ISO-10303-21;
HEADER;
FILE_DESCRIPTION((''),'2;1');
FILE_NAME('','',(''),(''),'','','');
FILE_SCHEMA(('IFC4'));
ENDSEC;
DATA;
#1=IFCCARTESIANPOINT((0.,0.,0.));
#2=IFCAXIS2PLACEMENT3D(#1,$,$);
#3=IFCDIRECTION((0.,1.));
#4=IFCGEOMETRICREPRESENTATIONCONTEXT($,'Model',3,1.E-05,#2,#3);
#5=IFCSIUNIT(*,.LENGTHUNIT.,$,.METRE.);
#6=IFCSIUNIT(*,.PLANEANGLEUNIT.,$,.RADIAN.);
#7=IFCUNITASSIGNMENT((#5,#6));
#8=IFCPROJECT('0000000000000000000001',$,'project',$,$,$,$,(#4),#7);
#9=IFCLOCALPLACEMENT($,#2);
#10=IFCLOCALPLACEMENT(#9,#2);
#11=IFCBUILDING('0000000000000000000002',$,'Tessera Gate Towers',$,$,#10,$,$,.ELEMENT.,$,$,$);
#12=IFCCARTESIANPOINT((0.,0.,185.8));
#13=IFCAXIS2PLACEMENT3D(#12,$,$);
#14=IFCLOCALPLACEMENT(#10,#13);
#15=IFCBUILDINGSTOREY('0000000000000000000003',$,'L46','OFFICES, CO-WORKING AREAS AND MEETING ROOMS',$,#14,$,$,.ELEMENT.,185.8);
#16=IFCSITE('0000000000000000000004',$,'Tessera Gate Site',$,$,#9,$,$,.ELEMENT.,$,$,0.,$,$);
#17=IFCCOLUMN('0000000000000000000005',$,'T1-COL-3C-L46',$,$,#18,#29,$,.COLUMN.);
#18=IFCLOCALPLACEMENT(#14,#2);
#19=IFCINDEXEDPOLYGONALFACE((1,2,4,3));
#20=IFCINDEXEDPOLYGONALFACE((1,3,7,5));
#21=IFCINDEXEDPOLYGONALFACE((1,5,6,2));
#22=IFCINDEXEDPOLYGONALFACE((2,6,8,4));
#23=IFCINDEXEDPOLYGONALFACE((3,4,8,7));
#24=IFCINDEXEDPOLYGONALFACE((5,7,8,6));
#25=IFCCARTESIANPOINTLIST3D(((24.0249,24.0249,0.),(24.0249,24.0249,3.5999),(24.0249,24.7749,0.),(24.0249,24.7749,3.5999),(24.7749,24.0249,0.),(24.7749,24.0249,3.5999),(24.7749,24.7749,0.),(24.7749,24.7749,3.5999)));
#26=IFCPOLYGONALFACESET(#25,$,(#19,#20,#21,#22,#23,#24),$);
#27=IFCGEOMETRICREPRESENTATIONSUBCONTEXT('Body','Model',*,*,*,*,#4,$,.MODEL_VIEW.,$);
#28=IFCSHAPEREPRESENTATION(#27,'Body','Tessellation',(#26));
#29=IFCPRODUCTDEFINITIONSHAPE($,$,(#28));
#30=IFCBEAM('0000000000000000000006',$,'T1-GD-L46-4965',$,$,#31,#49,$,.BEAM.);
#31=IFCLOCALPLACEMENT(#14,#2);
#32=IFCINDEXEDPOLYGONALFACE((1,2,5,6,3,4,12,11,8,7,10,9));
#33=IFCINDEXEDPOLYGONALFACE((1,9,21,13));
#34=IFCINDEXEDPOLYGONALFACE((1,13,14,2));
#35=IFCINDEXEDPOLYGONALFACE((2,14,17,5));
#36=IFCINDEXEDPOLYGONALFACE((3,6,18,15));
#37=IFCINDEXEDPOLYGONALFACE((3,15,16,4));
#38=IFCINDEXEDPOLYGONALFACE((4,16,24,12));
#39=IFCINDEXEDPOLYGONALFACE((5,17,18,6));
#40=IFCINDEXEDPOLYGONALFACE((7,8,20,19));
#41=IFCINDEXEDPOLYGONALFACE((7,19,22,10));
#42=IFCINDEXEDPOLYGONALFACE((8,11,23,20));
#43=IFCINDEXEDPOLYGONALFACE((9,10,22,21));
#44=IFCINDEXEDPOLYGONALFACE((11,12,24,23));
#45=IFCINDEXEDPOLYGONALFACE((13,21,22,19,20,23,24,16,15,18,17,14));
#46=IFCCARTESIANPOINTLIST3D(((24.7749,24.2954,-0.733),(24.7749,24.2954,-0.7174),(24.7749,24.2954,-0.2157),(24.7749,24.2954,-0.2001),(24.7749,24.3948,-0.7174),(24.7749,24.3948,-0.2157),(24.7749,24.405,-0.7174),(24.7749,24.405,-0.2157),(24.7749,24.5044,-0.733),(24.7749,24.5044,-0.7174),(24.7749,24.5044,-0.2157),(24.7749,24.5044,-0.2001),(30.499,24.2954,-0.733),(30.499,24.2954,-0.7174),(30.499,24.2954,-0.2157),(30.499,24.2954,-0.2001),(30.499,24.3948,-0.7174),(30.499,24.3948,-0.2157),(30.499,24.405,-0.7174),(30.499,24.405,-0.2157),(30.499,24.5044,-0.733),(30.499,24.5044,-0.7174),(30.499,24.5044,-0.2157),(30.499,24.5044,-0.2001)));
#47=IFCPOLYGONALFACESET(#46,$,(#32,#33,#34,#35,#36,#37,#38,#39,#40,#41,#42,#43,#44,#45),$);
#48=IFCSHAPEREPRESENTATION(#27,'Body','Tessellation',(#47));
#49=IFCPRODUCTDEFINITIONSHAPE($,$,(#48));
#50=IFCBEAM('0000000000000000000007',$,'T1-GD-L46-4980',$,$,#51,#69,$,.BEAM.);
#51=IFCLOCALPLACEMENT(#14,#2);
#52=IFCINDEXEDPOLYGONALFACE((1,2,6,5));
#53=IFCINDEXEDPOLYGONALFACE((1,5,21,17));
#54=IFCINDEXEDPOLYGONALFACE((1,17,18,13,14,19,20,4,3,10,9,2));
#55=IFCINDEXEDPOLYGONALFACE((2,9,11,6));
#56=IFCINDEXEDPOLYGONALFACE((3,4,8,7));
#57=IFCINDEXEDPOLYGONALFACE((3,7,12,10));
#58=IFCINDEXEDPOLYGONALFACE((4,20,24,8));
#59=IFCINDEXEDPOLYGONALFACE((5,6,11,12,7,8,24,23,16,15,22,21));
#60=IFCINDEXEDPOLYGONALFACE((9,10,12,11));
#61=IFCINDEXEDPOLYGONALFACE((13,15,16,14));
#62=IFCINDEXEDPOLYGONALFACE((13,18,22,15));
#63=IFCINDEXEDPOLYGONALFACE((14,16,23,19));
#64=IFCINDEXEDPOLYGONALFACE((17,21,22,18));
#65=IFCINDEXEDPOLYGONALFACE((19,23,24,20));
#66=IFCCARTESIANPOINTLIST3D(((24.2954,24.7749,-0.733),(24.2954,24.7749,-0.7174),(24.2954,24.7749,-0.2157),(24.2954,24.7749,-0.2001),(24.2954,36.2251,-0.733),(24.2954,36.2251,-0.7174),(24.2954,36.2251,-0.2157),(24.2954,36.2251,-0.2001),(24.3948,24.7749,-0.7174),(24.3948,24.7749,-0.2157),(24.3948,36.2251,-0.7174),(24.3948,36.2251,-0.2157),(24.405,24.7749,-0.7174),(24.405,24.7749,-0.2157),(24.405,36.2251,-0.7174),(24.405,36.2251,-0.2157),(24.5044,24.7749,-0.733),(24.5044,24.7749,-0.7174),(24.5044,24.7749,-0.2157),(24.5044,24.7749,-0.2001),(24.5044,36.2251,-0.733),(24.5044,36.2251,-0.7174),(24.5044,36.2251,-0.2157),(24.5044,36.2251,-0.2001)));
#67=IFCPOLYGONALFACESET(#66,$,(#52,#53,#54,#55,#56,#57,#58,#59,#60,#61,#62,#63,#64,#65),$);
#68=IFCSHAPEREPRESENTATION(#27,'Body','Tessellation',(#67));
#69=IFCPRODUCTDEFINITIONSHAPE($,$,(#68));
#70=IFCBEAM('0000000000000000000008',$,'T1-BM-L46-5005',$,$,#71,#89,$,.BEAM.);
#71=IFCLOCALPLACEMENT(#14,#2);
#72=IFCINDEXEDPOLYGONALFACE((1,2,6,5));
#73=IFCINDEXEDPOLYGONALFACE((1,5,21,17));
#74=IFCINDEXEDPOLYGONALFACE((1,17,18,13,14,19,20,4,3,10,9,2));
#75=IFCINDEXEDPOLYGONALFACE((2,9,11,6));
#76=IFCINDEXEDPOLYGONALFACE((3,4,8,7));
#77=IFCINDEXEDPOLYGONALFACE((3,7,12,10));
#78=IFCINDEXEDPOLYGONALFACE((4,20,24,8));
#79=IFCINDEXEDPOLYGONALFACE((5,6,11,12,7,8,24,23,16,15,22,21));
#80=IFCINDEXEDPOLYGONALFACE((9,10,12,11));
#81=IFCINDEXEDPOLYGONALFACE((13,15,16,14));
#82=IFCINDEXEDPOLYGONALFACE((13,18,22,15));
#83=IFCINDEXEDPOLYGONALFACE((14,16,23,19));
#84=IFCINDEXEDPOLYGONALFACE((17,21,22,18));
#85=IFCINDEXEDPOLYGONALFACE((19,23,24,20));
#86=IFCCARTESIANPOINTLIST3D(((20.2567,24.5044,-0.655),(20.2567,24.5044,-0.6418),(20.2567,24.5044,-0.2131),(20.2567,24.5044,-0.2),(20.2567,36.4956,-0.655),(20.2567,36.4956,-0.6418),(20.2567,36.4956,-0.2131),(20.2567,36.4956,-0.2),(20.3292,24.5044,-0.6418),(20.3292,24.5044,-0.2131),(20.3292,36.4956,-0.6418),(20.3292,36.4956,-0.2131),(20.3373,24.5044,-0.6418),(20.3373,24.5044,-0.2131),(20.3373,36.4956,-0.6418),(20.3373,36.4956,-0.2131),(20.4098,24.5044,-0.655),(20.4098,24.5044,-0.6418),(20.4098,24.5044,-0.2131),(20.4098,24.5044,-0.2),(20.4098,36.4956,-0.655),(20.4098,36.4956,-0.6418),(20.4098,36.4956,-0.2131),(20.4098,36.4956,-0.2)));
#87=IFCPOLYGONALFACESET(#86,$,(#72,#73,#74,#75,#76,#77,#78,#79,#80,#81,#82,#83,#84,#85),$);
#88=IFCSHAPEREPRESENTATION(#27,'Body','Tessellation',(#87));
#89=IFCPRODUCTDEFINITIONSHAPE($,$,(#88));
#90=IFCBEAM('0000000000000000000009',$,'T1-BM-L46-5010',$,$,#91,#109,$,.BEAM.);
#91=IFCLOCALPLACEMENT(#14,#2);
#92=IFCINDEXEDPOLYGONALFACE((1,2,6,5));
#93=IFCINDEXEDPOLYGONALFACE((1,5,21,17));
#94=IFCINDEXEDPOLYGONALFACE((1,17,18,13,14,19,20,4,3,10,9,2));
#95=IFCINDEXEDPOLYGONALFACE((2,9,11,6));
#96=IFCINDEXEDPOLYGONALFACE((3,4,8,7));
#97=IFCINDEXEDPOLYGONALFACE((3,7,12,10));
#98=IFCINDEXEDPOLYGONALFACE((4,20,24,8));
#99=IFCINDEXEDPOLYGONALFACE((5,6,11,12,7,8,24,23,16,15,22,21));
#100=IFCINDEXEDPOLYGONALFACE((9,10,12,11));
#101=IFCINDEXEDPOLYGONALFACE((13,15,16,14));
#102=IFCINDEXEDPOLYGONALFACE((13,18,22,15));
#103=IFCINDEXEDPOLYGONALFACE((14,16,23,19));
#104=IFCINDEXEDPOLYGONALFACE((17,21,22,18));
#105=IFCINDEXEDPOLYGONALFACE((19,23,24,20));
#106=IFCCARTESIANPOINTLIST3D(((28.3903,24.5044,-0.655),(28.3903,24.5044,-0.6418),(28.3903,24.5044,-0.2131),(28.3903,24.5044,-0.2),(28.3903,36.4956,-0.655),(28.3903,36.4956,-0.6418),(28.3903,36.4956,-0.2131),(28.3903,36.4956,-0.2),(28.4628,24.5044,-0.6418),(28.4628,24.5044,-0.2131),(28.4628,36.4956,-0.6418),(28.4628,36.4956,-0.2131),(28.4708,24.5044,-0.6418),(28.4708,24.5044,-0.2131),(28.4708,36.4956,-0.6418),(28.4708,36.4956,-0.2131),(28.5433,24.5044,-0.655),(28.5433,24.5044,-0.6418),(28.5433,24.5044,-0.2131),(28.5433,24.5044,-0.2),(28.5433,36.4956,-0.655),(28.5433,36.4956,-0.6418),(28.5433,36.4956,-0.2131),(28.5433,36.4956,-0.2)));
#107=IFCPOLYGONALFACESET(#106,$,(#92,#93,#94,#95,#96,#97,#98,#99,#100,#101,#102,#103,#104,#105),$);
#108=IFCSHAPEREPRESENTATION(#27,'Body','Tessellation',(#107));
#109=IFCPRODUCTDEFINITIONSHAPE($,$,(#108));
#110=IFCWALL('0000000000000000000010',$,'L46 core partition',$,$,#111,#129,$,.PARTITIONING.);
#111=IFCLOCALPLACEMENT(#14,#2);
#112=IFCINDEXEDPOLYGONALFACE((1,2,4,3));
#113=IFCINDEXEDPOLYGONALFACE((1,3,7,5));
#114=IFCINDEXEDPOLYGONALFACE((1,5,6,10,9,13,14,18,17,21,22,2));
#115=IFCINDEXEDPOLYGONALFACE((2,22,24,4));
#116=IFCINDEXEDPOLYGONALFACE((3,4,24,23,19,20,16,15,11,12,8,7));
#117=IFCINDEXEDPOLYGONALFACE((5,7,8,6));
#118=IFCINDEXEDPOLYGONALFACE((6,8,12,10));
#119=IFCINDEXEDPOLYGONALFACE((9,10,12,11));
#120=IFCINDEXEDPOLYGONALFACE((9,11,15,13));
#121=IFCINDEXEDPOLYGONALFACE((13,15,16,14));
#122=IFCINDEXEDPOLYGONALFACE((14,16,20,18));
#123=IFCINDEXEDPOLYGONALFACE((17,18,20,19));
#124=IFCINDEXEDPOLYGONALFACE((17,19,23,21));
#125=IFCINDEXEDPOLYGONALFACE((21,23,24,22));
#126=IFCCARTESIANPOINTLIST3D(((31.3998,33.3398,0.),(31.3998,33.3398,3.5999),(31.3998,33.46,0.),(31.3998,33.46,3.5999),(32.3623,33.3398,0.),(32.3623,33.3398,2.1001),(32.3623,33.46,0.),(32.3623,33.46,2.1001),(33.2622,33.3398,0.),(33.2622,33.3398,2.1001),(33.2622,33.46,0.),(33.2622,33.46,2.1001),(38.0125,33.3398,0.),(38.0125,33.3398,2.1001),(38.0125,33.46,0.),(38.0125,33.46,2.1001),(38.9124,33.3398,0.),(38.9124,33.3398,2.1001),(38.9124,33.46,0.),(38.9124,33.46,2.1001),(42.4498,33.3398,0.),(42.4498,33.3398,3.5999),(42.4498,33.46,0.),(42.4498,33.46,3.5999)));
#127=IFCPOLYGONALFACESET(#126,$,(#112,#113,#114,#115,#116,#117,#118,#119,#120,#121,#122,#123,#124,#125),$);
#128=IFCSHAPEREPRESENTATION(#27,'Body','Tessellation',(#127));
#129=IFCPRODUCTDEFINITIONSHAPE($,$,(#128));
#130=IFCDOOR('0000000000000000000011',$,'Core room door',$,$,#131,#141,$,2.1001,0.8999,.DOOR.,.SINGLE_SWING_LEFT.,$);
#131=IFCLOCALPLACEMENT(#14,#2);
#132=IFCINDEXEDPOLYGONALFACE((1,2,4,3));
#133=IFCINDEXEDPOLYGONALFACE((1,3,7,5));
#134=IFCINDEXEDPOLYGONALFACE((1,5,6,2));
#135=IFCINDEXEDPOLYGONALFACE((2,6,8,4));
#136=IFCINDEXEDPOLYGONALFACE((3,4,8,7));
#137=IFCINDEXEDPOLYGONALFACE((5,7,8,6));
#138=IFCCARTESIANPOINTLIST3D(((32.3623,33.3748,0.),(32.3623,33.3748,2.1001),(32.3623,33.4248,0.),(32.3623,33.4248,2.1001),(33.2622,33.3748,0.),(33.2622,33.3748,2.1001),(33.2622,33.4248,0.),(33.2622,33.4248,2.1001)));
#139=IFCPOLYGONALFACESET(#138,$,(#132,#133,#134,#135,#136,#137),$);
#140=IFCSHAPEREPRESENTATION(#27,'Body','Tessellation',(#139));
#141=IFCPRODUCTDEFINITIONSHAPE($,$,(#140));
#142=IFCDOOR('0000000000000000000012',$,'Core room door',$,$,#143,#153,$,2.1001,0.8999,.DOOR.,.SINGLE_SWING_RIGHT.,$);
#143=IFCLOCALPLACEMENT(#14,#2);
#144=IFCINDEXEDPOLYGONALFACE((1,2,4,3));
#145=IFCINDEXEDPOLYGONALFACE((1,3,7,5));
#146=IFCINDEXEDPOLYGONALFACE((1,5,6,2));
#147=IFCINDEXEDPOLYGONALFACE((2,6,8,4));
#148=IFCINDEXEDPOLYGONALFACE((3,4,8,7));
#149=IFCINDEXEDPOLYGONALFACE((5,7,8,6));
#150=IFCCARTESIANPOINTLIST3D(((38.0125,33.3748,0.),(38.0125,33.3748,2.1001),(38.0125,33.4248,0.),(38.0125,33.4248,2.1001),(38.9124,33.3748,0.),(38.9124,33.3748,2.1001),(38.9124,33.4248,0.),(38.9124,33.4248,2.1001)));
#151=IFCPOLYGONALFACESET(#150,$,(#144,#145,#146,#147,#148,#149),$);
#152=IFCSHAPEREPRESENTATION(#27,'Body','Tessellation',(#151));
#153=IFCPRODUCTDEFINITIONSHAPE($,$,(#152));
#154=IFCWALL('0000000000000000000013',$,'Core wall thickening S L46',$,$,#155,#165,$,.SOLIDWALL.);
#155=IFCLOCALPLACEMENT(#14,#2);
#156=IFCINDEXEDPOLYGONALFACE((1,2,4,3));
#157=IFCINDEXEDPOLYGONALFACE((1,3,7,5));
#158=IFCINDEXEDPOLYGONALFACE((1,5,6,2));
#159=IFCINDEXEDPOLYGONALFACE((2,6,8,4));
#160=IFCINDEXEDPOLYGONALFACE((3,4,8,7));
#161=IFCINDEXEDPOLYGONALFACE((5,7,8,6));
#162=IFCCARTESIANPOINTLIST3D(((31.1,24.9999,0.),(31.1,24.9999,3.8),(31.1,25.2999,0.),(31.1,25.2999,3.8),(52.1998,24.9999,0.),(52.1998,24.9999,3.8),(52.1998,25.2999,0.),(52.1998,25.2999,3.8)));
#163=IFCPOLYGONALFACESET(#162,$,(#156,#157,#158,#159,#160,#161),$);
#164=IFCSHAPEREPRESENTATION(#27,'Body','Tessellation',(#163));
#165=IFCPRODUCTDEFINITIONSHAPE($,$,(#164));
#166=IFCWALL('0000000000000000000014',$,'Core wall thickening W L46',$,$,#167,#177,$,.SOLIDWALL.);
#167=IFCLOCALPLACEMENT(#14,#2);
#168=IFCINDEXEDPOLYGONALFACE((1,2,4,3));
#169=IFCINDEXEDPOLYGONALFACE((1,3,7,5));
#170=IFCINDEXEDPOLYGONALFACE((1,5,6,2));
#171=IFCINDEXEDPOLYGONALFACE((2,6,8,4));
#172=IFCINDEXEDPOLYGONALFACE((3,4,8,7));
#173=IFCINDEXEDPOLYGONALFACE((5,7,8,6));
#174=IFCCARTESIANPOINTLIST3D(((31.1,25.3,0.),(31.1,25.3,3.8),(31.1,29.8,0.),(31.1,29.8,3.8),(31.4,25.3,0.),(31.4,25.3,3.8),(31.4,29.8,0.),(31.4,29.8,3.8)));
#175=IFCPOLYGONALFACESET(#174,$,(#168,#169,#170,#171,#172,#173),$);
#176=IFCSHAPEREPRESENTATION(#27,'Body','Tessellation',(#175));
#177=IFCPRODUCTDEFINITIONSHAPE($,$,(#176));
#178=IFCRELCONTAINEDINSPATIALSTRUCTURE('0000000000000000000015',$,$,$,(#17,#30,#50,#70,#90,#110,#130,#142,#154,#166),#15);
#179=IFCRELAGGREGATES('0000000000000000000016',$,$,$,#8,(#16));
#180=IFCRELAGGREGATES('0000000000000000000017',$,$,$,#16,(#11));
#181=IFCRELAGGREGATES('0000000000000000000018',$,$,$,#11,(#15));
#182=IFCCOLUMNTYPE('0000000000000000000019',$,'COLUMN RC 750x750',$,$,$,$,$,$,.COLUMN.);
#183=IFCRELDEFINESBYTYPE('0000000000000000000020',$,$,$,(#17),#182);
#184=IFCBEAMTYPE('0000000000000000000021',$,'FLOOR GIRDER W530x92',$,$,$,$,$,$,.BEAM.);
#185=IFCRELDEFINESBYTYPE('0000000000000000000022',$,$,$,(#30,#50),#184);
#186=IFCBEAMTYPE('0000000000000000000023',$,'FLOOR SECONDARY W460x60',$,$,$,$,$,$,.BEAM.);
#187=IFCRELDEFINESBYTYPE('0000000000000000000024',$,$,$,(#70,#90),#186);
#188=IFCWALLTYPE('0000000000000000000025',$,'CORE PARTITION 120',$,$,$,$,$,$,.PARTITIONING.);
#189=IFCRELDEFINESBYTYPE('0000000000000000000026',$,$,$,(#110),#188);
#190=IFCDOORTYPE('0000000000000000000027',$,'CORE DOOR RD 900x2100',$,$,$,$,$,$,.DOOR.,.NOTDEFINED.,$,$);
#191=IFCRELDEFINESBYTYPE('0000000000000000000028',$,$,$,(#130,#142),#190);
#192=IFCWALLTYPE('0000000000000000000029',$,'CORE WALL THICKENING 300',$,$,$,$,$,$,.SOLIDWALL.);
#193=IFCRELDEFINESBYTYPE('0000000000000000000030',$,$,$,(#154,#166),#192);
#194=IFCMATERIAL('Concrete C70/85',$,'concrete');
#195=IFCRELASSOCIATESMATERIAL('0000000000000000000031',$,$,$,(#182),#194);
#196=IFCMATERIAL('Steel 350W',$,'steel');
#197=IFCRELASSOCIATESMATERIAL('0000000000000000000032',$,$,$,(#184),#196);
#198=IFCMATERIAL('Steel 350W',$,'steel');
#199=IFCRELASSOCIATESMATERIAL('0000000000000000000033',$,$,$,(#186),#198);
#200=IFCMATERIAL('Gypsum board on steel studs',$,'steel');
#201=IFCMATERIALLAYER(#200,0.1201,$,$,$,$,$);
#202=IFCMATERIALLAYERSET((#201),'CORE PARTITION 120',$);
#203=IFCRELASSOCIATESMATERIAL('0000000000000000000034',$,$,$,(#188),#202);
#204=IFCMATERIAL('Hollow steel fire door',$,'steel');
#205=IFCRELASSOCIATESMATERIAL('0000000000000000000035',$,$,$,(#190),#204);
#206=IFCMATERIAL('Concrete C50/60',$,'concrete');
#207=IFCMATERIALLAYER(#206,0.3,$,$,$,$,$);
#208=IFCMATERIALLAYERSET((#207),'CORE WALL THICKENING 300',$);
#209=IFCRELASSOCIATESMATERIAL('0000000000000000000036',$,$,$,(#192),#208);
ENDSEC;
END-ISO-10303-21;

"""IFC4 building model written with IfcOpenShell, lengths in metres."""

from ifc_helpers import new_model, si_unit, direction, frame, frame_2d, origin, origin_2d, place, context, subcontext, project, spatial, rectangle, i_section, extrude, source, transform, mapped, material, layer, layer_set, material_profile, profile_set, type_object, element, fill, save


model = new_model("IFC4")

# Units and contexts
model_context = context("Model", 3, precision=1e-05, world=origin(), true_north=direction((0.0, 1.0)))
body_context = subcontext(model_context, "Body", "Model", "MODEL_VIEW")
ifc_project = project(units=[si_unit("LENGTHUNIT", "METRE"), si_unit("PLANEANGLEUNIT", "RADIAN")], contexts=[model_context])

# Site, building, storey
site_placement = place(None, origin())
site = spatial("IfcSite", under=ifc_project, at=site_placement, Name="Tessera Gate Site", CompositionType="ELEMENT", RefElevation=0.0)
building_placement = place(site_placement, origin())
building = spatial("IfcBuilding", under=site, at=building_placement, Name="Tessera Gate Towers", CompositionType="ELEMENT")
storey_placement = place(building_placement, frame((0.0, 0.0, 185.8)))
storey = spatial("IfcBuildingStorey", under=building, at=storey_placement, Name="L46", Description="OFFICES, CO-WORKING AREAS AND MEETING ROOMS", CompositionType="ELEMENT", Elevation=185.8)

# Column
ifc_material_1 = material(Name="Concrete C70/85", Category="concrete")
ifc_material_profile_1 = material_profile(ifc_material_1, rectangle(XDim=0.75, YDim=0.75, at=origin_2d()), Name="RC 750x750")
ifc_profile_set_1 = profile_set([ifc_material_profile_1], Name="Concrete C70/85")
column_type = type_object("IfcColumnType", Name="COLUMN RC 750x750", PredefinedType="COLUMN", material=ifc_profile_set_1)
column_placement = place(storey_placement, frame((24.3999, 24.3999, 0.0), z_axis=(0.0, 0.0, 1.0), x_axis=(1.0, 0.0, 0.0)))
element("IfcColumn", 1, at=column_placement, inside=storey, type_object=column_type, Name="T1-COL-3C-L46", PredefinedType="COLUMN", context=body_context, shape_type="SweptSolid", body=[
    extrude(rectangle(XDim=0.75, YDim=0.75, at=origin_2d()), origin(), (0.0, 0.0, 1.0), 3.5999),
])

# Beams
ifc_material_2 = material(Name="Steel 350W", Category="steel")
ifc_material_profile_2 = material_profile(ifc_material_2, i_section(OverallWidth=0.209, OverallDepth=0.533, WebThickness=0.0103, FlangeThickness=0.0156, at=origin_2d()), Name="W530x92")
ifc_profile_set_2 = profile_set([ifc_material_profile_2], Name="Steel 350W")
beam_type_1 = type_object("IfcBeamType", Name="FLOOR GIRDER W530x92", PredefinedType="BEAM", material=ifc_profile_set_2)
beam_1_placement = place(storey_placement, frame((24.7749, 24.3999, -0.4666), z_axis=(1.0, 0.0, 0.0), x_axis=(0.0, 1.0, 0.0)))
element("IfcBeam", 2, at=beam_1_placement, inside=storey, type_object=beam_type_1, Name="T1-GD-L46-4965", PredefinedType="BEAM", context=body_context, shape_type="SweptSolid", body=[
    extrude(i_section(OverallWidth=0.209, OverallDepth=0.533, WebThickness=0.0103, FlangeThickness=0.0156, at=origin_2d()), origin(), (0.0, 0.0, 1.0), 5.7241),
])
beam_2_placement = place(storey_placement, frame((24.3999, 24.7749, -0.4666), z_axis=(0.0, 1.0, 0.0), x_axis=(-1.0, 0.0, 0.0)))
element("IfcBeam", 3, at=beam_2_placement, inside=storey, type_object=beam_type_1, Name="T1-GD-L46-4980", PredefinedType="BEAM", context=body_context, shape_type="SweptSolid", body=[
    extrude(i_section(OverallWidth=0.209, OverallDepth=0.533, WebThickness=0.0103, FlangeThickness=0.0156, at=origin_2d()), origin(), (0.0, 0.0, 1.0), 11.4502),
])
ifc_material_3 = material(Name="Steel 350W", Category="steel")
ifc_material_profile_3 = material_profile(ifc_material_3, i_section(OverallWidth=0.1531, OverallDepth=0.4551, WebThickness=0.0081, FlangeThickness=0.0132, at=origin_2d()), Name="W460x60")
ifc_profile_set_3 = profile_set([ifc_material_profile_3], Name="Steel 350W")
beam_type_2 = type_object("IfcBeamType", Name="FLOOR SECONDARY W460x60", PredefinedType="BEAM", material=ifc_profile_set_3)
for number, where, z_axis, x_axis, name in (
    (4, (20.3333, 24.5044, -0.4275), (0.0, 1.0, 0.0), (-1.0, 0.0, 0.0), "T1-BM-L46-5005"),
    (5, (28.4668, 24.5044, -0.4275), (0.0, 1.0, 0.0), (-1.0, 0.0, 0.0), "T1-BM-L46-5010"),
):
    element("IfcBeam", number, at=place(storey_placement, frame(where, z_axis=z_axis, x_axis=x_axis)), inside=storey, type_object=beam_type_2, Name=name, PredefinedType="BEAM", context=body_context, shape_type="SweptSolid", body=[
        extrude(i_section(OverallWidth=0.1531, OverallDepth=0.4551, WebThickness=0.0081, FlangeThickness=0.0132, at=origin_2d()), origin(), (0.0, 0.0, 1.0), 11.9912),
    ])

# Wall, openings, doors
ifc_material_4 = material(Name="Gypsum board on steel studs", Category="steel")
ifc_layer_1 = layer(ifc_material_4, 0.1201)
ifc_layer_set_1 = layer_set([ifc_layer_1], Name="CORE PARTITION 120")
wall_type_1 = type_object("IfcWallType", Name="CORE PARTITION 120", PredefinedType="PARTITIONING", material=ifc_layer_set_1)
wall_1_placement = place(storey_placement, frame((31.3999, 33.3999, 0.0), z_axis=(0.0, 0.0, 1.0), x_axis=(1.0, 0.0, 0.0)))
wall_1 = element("IfcWall", 6, at=wall_1_placement, inside=storey, type_object=wall_type_1, Name="L46 core partition", PredefinedType="PARTITIONING", context=body_context, shape_type="SweptSolid", body=[
    extrude(rectangle(XDim=11.05, YDim=0.1201, at=frame_2d((5.5249, 0.0))), origin(), (0.0, 0.0, 1.0), 3.5999),
])
shared_shape_1 = source(origin(), body_context, "Body", "SweptSolid", [
    extrude(rectangle(XDim=0.8999, YDim=2.1001, at=frame_2d((0.45, 1.05))), frame((0.0, 0.0701, 0.0), z_axis=(0.0, -1.0, 0.0), x_axis=(1.0, 0.0, 0.0)), (0.0, 0.0, 1.0), 0.1401),
])
opening_1_placement = place(wall_1_placement, frame((0.9624, 0.0, 0.0)))
opening_1 = element("IfcOpeningElement", 7, at=opening_1_placement, cuts=wall_1, PredefinedType="OPENING", context=body_context, shape_type="MappedRepresentation", body=[
    mapped(shared_shape_1, transform((0.0, 0.0, 0.0), scale=1.0)),
])
opening_2_placement = place(wall_1_placement, frame((6.6125, 0.0, 0.0)))
opening_2 = element("IfcOpeningElement", 8, at=opening_2_placement, cuts=wall_1, PredefinedType="OPENING", context=body_context, shape_type="MappedRepresentation", body=[
    mapped(shared_shape_1, transform((0.0, 0.0, 0.0), scale=1.0)),
])
ifc_material_5 = material(Name="Hollow steel fire door", Category="steel")
door_type_1 = type_object("IfcDoorType", Name="CORE DOOR RD 900x2100", OperationType="NOTDEFINED", PredefinedType="DOOR", material=ifc_material_5)
shared_shape_2 = source(origin(), body_context, "Body", "SweptSolid", [
    extrude(rectangle(XDim=0.8999, YDim=2.1001, at=frame_2d((0.45, 1.05))), frame((0.0, 0.0249, 0.0), z_axis=(0.0, -1.0, 0.0), x_axis=(1.0, 0.0, 0.0)), (0.0, 0.0, 1.0), 0.05),
])
door_1_placement = place(opening_1_placement, origin())
door_1 = element("IfcDoor", 9, at=door_1_placement, inside=storey, type_object=door_type_1, Name="Core room door", OperationType="SINGLE_SWING_LEFT", OverallHeight=2.1001, OverallWidth=0.8999, PredefinedType="DOOR", context=body_context, shape_type="MappedRepresentation", body=[
    mapped(shared_shape_2, transform((0.0, 0.0, 0.0), scale=1.0)),
])
fill(opening_1, door_1)
door_2_placement = place(opening_2_placement, origin())
door_2 = element("IfcDoor", 10, at=door_2_placement, inside=storey, type_object=door_type_1, Name="Core room door", OperationType="SINGLE_SWING_RIGHT", OverallHeight=2.1001, OverallWidth=0.8999, PredefinedType="DOOR", context=body_context, shape_type="MappedRepresentation", body=[
    mapped(shared_shape_2, transform((0.0, 0.0, 0.0), scale=1.0)),
])
fill(opening_2, door_2)

# Walls
ifc_material_6 = material(Name="Concrete C50/60", Category="concrete")
ifc_layer_2 = layer(ifc_material_6, 0.3)
ifc_layer_set_2 = layer_set([ifc_layer_2], Name="CORE WALL THICKENING 300")
wall_type_2 = type_object("IfcWallType", Name="CORE WALL THICKENING 300", PredefinedType="SOLIDWALL", material=ifc_layer_set_2)
wall_2_placement = place(storey_placement, frame((31.1001, 25.1499, 0.0), z_axis=(0.0, 0.0, 1.0), x_axis=(1.0, 0.0, 0.0)))
element("IfcWall", 11, at=wall_2_placement, inside=storey, type_object=wall_type_2, Name="Core wall thickening S L46", PredefinedType="SOLIDWALL", context=body_context, shape_type="SweptSolid", body=[
    extrude(rectangle(XDim=21.0999, YDim=0.3, at=frame_2d((10.5498, 0.0))), origin(), (0.0, 0.0, 1.0), 3.8),
])
wall_3_placement = place(storey_placement, frame((31.25, 25.3, 0.0), z_axis=(0.0, 0.0, 1.0), x_axis=(0.0, 1.0, 0.0)))
element("IfcWall", 12, at=wall_3_placement, inside=storey, type_object=wall_type_2, Name="Core wall thickening W L46", PredefinedType="SOLIDWALL", context=body_context, shape_type="SweptSolid", body=[
    extrude(rectangle(XDim=4.5, YDim=0.3, at=frame_2d((2.25, 0.0))), origin(), (0.0, 0.0, 1.0), 3.8),
])

save(model, "model.ifc")
